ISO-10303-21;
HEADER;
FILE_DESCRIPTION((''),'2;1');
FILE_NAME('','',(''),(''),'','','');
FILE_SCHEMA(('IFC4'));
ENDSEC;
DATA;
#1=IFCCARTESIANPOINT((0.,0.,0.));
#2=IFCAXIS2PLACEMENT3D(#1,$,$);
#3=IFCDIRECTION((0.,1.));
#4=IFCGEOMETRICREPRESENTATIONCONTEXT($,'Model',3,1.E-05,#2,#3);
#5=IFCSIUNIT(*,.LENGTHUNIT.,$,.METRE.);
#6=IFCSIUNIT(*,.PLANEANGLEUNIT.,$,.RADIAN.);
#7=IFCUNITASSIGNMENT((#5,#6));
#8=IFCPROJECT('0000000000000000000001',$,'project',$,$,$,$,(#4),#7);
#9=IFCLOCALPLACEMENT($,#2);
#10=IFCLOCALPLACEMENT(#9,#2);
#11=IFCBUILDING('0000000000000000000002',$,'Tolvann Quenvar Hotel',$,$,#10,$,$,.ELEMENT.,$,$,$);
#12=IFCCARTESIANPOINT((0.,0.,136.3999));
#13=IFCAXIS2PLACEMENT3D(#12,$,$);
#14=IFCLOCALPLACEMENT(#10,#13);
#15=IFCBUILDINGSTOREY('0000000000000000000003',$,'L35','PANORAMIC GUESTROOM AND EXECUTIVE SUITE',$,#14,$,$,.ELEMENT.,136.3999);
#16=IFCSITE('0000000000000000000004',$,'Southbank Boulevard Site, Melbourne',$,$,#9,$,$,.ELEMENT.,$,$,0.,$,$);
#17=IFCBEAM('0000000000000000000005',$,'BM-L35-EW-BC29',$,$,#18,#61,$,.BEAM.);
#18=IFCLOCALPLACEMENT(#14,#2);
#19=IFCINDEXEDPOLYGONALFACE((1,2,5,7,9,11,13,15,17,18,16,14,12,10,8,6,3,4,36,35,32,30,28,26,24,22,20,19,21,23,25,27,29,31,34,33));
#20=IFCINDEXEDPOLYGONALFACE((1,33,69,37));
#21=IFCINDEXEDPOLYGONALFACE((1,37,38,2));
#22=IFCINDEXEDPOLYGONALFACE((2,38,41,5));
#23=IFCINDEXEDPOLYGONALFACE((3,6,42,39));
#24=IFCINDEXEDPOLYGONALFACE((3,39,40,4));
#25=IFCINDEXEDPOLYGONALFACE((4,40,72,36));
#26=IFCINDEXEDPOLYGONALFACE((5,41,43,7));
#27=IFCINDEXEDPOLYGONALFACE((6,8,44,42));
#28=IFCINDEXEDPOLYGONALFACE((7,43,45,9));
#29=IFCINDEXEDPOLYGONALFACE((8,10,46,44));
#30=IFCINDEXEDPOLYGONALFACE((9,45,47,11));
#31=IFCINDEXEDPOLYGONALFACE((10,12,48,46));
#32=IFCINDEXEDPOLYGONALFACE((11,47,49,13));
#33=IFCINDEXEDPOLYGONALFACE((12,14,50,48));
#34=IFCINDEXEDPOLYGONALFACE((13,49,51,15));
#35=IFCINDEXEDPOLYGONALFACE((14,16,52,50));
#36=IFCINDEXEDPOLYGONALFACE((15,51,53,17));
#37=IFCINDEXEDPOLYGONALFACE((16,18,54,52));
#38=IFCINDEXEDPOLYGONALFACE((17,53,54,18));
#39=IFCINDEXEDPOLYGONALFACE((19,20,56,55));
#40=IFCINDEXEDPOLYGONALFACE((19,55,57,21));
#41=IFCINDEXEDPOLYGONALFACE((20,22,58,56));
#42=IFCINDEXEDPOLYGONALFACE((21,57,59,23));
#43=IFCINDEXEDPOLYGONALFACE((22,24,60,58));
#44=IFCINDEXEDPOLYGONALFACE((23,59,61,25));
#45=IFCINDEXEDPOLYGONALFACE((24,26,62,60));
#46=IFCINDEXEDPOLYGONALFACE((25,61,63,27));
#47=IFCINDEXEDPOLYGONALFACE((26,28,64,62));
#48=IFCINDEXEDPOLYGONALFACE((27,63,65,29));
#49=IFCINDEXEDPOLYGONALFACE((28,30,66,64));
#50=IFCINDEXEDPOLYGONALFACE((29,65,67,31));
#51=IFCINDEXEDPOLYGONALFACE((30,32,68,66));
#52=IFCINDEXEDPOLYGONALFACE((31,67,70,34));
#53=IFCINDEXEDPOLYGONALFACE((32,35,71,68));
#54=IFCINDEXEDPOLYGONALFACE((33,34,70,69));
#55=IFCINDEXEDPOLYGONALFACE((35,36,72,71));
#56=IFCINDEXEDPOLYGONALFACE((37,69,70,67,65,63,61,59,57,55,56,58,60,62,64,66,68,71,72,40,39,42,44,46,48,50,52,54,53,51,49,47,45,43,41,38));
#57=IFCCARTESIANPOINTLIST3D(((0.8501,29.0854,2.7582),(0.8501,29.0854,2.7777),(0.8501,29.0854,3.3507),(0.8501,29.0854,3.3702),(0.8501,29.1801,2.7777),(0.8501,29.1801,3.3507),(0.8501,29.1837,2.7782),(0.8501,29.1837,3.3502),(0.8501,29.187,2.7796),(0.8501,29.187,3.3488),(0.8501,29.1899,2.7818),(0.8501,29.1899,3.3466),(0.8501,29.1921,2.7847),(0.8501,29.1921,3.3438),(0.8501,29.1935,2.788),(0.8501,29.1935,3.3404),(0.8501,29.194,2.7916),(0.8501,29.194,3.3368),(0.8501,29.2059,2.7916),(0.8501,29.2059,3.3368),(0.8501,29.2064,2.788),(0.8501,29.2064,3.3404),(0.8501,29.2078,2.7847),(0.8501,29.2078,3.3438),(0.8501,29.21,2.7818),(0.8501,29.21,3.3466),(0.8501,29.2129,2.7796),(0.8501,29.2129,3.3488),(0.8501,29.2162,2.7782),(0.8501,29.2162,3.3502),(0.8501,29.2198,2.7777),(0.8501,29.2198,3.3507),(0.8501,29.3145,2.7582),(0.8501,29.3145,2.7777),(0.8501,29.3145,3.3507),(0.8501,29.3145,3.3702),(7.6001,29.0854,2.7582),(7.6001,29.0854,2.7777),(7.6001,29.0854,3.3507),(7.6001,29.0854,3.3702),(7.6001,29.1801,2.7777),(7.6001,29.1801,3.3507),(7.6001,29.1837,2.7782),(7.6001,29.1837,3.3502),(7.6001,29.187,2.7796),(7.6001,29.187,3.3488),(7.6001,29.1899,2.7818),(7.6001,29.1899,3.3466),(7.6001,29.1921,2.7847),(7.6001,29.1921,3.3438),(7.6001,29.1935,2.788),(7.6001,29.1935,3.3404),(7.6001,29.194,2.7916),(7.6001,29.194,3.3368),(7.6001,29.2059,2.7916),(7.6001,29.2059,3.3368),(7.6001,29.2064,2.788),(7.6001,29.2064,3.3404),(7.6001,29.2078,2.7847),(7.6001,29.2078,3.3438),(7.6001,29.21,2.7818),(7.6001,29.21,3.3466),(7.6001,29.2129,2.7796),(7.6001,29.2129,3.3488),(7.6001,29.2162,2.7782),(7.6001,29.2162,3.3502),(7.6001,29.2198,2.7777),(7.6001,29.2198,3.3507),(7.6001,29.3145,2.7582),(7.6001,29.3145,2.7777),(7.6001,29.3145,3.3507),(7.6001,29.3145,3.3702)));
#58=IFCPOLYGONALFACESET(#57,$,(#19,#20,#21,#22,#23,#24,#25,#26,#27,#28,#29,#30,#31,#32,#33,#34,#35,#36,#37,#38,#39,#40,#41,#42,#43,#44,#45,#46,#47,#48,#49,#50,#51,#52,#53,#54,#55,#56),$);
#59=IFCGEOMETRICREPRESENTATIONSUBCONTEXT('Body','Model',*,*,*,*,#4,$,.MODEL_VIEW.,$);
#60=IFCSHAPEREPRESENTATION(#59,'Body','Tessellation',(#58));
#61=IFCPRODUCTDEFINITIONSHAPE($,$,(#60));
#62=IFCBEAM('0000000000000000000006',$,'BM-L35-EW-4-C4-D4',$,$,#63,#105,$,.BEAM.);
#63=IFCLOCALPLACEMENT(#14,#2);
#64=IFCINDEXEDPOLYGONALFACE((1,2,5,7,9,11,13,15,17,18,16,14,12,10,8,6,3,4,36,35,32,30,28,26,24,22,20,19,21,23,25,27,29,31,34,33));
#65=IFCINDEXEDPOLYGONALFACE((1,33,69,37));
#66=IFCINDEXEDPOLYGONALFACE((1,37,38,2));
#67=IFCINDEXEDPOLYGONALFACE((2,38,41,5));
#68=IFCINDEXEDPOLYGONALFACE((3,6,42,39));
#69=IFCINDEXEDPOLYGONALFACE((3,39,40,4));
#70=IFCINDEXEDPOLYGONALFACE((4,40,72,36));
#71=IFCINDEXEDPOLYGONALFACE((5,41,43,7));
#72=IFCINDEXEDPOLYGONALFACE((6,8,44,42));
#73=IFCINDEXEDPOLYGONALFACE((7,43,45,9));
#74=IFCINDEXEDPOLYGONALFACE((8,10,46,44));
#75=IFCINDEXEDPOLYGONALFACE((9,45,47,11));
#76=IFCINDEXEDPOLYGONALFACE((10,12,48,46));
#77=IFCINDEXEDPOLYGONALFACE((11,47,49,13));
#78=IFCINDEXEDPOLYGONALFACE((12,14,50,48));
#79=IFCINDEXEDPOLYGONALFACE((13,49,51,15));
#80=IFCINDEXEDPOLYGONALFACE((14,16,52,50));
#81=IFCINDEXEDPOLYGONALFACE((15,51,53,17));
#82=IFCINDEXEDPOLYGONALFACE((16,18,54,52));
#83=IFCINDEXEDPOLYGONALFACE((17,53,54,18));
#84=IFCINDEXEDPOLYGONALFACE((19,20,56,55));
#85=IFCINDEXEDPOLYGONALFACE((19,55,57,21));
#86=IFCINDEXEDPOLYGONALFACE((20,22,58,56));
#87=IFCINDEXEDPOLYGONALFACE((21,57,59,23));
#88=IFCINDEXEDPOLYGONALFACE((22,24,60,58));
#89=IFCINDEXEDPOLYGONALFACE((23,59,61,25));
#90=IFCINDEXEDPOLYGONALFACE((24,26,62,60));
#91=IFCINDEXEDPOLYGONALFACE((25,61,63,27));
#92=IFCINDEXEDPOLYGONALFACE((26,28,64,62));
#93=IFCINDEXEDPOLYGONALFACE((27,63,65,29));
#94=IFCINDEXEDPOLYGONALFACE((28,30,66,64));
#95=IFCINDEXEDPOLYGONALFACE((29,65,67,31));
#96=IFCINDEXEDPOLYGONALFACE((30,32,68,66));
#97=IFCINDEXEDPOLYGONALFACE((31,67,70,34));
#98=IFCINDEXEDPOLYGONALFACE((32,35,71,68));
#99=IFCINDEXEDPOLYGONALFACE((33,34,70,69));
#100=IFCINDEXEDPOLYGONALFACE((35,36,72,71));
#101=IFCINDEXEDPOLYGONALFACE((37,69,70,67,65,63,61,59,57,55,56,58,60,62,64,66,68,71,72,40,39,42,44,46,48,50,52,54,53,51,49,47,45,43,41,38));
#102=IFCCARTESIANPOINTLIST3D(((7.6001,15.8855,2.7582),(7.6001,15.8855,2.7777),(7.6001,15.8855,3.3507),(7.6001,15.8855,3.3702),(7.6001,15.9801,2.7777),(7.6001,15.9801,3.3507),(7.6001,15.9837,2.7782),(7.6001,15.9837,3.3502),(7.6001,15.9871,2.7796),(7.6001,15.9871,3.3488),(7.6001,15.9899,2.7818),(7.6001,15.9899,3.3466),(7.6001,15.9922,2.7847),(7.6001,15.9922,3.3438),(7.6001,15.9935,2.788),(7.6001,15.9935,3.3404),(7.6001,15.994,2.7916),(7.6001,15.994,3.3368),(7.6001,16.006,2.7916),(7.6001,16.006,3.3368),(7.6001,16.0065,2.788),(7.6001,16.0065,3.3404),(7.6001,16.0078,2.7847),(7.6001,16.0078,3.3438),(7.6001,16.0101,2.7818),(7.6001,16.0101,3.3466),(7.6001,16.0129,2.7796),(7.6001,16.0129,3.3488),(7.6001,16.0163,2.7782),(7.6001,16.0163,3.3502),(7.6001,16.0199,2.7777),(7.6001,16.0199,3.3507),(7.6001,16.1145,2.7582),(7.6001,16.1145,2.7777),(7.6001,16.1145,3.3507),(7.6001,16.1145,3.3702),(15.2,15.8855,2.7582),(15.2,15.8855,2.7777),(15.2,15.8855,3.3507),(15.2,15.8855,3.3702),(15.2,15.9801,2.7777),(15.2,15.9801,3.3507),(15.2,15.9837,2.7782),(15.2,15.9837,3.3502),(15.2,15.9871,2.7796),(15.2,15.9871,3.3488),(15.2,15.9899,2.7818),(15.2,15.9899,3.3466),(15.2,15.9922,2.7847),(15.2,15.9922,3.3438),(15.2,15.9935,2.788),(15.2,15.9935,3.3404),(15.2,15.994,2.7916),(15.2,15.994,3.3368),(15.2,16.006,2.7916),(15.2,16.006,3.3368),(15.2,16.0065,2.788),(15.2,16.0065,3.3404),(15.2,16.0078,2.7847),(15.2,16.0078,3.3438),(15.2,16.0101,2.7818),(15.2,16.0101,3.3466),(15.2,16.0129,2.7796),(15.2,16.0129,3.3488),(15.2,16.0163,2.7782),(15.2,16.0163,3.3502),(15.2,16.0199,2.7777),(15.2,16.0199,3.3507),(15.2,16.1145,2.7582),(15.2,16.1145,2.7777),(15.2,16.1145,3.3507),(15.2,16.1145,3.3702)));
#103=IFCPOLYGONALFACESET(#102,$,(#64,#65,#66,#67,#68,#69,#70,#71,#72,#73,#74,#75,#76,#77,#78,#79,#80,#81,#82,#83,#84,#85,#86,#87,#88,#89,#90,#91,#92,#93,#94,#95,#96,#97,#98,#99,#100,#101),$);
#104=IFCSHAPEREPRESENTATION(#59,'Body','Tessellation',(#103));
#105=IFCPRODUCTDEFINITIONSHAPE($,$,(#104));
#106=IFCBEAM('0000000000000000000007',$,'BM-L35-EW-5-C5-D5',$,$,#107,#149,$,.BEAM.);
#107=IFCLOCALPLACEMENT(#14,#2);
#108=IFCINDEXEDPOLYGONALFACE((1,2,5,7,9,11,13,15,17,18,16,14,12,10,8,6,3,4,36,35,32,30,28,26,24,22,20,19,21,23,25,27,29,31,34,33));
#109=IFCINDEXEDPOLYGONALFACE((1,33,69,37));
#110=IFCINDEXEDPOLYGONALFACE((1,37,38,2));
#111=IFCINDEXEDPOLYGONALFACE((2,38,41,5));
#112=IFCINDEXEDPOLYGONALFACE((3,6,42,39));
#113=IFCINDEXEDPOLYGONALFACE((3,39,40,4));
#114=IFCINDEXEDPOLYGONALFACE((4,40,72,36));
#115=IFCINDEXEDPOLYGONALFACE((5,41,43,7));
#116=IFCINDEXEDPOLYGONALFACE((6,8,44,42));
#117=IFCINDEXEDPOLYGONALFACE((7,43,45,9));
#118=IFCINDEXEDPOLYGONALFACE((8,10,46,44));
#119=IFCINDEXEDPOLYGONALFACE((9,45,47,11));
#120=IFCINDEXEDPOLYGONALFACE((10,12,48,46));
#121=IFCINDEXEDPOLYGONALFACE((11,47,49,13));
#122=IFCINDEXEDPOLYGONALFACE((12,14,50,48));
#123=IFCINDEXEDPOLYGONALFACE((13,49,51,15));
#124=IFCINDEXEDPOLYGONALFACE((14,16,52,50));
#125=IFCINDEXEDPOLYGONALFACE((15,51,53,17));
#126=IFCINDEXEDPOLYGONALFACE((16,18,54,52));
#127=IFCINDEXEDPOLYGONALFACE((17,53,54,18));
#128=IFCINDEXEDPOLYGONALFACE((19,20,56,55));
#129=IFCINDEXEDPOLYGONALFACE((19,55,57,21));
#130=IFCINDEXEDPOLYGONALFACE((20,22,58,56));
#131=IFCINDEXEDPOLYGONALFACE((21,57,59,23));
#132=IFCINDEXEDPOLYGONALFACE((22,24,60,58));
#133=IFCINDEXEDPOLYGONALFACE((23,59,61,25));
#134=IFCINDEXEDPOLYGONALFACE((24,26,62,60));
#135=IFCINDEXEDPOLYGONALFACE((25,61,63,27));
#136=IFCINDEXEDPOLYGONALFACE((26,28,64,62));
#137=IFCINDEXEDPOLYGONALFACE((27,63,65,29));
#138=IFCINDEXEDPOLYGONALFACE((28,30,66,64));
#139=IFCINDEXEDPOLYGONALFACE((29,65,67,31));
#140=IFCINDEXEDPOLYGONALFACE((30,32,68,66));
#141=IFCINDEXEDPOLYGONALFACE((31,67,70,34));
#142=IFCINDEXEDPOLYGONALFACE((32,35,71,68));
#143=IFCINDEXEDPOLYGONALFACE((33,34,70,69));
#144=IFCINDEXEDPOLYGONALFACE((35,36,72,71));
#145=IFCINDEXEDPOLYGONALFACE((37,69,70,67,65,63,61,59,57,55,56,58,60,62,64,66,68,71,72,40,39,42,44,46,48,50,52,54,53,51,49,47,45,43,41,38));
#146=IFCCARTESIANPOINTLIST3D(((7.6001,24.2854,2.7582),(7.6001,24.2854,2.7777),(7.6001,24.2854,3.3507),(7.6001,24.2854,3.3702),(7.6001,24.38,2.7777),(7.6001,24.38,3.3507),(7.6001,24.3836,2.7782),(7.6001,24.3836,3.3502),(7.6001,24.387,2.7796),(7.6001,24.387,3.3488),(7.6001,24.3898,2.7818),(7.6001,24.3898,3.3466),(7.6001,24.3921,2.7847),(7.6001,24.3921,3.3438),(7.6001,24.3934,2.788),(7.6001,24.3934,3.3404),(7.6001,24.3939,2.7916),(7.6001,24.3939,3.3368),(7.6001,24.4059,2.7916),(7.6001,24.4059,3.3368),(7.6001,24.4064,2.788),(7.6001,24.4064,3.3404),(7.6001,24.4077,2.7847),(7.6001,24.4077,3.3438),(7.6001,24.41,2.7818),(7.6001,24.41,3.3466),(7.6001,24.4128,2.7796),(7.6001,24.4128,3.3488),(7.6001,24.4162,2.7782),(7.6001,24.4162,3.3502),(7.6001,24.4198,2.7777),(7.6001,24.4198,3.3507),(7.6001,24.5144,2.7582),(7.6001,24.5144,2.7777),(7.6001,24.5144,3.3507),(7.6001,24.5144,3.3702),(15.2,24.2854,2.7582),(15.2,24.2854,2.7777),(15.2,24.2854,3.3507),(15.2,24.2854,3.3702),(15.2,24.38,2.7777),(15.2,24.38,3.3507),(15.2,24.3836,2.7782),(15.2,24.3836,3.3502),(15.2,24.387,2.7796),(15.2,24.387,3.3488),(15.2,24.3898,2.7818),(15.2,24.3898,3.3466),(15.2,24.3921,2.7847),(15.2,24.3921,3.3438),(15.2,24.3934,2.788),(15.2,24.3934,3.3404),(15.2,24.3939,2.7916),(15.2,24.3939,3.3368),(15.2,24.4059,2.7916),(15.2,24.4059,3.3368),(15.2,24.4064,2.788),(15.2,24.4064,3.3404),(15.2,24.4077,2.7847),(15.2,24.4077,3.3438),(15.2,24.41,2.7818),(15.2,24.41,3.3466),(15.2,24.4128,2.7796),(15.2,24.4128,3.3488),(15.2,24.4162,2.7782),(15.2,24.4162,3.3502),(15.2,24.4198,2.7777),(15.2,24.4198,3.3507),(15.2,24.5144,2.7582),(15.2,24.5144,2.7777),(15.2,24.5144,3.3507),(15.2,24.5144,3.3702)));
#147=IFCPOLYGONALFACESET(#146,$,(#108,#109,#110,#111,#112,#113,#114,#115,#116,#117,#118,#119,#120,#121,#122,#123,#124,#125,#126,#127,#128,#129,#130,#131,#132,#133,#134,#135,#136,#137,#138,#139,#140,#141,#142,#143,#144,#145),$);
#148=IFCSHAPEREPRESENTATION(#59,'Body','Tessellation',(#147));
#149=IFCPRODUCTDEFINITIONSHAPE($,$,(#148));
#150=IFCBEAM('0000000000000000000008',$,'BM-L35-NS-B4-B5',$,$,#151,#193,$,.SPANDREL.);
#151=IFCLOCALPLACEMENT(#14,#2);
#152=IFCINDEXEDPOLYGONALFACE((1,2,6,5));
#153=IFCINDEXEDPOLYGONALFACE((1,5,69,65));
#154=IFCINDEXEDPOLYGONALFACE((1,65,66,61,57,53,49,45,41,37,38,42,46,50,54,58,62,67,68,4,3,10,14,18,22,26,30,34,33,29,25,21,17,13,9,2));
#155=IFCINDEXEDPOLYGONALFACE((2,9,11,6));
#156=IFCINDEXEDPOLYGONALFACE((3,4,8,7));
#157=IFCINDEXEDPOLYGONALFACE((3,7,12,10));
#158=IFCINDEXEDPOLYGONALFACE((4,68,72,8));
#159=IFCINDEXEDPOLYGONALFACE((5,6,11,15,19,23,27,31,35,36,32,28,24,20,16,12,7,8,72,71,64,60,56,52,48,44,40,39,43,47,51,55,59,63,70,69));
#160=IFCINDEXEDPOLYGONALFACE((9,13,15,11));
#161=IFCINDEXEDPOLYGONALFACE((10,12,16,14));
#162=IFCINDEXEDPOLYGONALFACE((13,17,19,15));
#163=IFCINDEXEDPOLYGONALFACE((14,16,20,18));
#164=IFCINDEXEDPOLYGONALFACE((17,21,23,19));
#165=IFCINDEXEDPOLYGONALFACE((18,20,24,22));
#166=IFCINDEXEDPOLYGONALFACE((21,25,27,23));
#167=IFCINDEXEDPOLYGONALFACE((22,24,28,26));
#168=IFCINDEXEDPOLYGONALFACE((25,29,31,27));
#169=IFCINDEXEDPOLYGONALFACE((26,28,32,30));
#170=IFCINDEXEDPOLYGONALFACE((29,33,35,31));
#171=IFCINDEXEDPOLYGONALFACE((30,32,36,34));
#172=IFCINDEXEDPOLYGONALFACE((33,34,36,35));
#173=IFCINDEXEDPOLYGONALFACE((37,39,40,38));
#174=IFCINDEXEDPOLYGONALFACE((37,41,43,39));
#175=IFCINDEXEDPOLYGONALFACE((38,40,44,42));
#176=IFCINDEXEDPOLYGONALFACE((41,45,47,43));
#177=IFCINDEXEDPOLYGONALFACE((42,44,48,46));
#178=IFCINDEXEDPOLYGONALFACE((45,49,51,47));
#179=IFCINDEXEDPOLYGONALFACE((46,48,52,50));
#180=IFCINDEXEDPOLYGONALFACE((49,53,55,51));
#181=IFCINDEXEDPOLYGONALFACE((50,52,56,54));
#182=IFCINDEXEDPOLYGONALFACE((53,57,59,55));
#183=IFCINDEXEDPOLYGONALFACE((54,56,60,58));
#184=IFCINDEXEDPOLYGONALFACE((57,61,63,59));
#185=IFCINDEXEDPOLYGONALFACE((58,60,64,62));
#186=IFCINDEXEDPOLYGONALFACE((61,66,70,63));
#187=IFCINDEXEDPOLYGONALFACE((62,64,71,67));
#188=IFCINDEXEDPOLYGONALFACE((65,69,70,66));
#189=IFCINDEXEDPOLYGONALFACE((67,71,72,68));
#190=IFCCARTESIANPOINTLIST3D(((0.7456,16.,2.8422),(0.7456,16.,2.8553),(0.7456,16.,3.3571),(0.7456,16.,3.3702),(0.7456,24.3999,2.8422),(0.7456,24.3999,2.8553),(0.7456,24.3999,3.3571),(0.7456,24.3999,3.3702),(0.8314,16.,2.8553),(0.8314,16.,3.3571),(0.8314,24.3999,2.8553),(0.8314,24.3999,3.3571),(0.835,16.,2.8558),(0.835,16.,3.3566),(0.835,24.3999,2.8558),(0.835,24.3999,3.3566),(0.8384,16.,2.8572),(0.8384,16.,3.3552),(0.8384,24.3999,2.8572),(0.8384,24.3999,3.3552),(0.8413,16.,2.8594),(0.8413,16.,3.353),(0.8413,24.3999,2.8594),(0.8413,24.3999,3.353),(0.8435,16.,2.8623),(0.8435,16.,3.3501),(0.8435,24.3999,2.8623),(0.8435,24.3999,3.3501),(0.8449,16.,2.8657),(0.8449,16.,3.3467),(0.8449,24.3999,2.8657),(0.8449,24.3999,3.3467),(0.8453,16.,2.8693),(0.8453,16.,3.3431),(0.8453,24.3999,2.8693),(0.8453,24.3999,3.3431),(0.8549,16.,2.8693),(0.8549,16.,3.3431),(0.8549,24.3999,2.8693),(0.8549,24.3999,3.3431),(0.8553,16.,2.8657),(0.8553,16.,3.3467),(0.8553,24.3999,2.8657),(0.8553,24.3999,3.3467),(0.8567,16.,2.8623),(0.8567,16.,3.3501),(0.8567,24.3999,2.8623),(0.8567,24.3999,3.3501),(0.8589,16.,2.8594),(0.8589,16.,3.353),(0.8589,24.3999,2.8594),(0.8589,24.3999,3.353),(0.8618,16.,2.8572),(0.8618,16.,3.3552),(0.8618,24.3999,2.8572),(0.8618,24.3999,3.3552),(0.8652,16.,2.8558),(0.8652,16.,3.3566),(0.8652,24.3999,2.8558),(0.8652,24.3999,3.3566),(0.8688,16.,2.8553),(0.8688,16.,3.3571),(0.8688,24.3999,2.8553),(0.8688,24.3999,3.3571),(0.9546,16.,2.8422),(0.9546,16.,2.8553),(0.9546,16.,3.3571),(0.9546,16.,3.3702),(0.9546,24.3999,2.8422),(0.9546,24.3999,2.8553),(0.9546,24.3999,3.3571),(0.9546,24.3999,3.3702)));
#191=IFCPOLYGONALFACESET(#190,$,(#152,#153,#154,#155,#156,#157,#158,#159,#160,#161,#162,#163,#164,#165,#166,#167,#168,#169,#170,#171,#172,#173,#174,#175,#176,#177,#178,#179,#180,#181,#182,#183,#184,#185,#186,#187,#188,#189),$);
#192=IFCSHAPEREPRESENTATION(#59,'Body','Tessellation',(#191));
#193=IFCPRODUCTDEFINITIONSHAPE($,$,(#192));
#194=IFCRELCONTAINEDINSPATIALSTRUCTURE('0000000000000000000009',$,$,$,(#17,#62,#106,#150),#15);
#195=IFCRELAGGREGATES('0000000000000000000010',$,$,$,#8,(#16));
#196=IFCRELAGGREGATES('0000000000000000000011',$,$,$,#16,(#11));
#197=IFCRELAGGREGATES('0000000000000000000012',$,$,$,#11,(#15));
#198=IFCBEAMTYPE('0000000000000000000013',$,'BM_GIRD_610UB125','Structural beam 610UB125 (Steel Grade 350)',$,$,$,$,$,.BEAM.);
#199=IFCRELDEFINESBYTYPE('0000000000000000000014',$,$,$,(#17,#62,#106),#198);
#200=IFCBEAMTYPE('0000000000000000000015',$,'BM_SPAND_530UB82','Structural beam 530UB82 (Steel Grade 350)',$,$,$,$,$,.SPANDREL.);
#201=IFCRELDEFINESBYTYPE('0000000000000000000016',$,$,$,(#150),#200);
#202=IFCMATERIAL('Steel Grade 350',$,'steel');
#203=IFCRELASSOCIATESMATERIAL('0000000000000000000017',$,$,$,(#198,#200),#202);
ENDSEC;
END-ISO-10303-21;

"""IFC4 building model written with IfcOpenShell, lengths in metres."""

from ifc_helpers import new_model, si_unit, direction, frame, origin, origin_2d, place, context, subcontext, project, spatial, i_section, extrude, source, transform, mapped, material, material_profile, profile_set, type_object, type_shapes, element, save


model = new_model("IFC4")

# Units and contexts
model_context = context("Model", 3, precision=1e-05, world=origin(), true_north=direction((0.0, 1.0)))
body_context = subcontext(model_context, "Body", "Model", "MODEL_VIEW")
ifc_project = project(units=[si_unit("LENGTHUNIT", "METRE"), si_unit("PLANEANGLEUNIT", "RADIAN")], contexts=[model_context])

# Site, building, storey
site_placement = place(None, origin())
site = spatial("IfcSite", under=ifc_project, at=site_placement, Name="Southbank Boulevard Site, Melbourne", CompositionType="ELEMENT", RefElevation=0.0)
building_placement = place(site_placement, origin())
building = spatial("IfcBuilding", under=site, at=building_placement, Name="Tolvann Quenvar Hotel", CompositionType="ELEMENT")
storey_placement = place(building_placement, frame((0.0, 0.0, 136.3999)))
storey = spatial("IfcBuildingStorey", under=building, at=storey_placement, Name="L35", Description="PANORAMIC GUESTROOM AND EXECUTIVE SUITE", CompositionType="ELEMENT", Elevation=136.3999)

# Shared definitions
ifc_material_1 = material(Name="Steel Grade 350", Category="steel")

# Beams
ifc_material_profile_1 = material_profile(ifc_material_1, i_section(OverallWidth=0.229, OverallDepth=0.6121, WebThickness=0.012, FlangeThickness=0.0195, FilletRadius=0.0139, at=origin_2d()), Name="610UB125")
ifc_profile_set_1 = profile_set([ifc_material_profile_1], Name="Steel Grade 350")
beam_type_1 = type_object("IfcBeamType", Name="BM_GIRD_610UB125", Description="Structural beam 610UB125 (Steel Grade 350)", PredefinedType="BEAM", material=ifc_profile_set_1)
shared_shape_1 = source(origin(), body_context, "Body", "SweptSolid", [
    extrude(i_section(OverallWidth=0.229, OverallDepth=0.6121, WebThickness=0.012, FlangeThickness=0.0195, FilletRadius=0.0139, at=origin_2d()), origin(), (0.0, 0.0, 1.0), 6.75),
])
for number, where, z_axis, x_axis, name in (
    (1, (0.8501, 29.2, 3.0642), (1.0, 0.0, 0.0), (0.0, 1.0, 0.0), "BM-L35-EW-BC29"),
):
    element("IfcBeam", number, at=place(storey_placement, frame(where, z_axis=z_axis, x_axis=x_axis)), inside=storey, type_object=beam_type_1, Name=name, PredefinedType="BEAM", context=body_context, shape_type="MappedRepresentation", body=[
        mapped(shared_shape_1, transform((0.0, 0.0, 0.0), x_axis=(1.0, 0.0, 0.0), y_axis=(0.0, 1.0, 0.0), z_axis=(0.0, 0.0, 1.0), scale=1.0)),
    ])
shared_shape_2 = source(origin(), body_context, "Body", "SweptSolid", [
    extrude(i_section(OverallWidth=0.229, OverallDepth=0.6121, WebThickness=0.012, FlangeThickness=0.0195, FilletRadius=0.0139, at=origin_2d()), origin(), (0.0, 0.0, 1.0), 7.5999),
])
type_shapes(beam_type_1, [shared_shape_1, shared_shape_2])
for number, where, z_axis, x_axis, name in (
    (2, (7.6001, 16.0, 3.0642), (1.0, 0.0, 0.0), (0.0, 1.0, 0.0), "BM-L35-EW-4-C4-D4"),
    (3, (7.6001, 24.3999, 3.0642), (1.0, 0.0, 0.0), (0.0, 1.0, 0.0), "BM-L35-EW-5-C5-D5"),
):
    element("IfcBeam", number, at=place(storey_placement, frame(where, z_axis=z_axis, x_axis=x_axis)), inside=storey, type_object=beam_type_1, Name=name, PredefinedType="BEAM", context=body_context, shape_type="MappedRepresentation", body=[
        mapped(shared_shape_2, transform((0.0, 0.0, 0.0), x_axis=(1.0, 0.0, 0.0), y_axis=(0.0, 1.0, 0.0), z_axis=(0.0, 0.0, 1.0), scale=1.0)),
    ])
ifc_material_profile_2 = material_profile(ifc_material_1, i_section(OverallWidth=0.209, OverallDepth=0.5281, WebThickness=0.0095, FlangeThickness=0.0132, FilletRadius=0.0139, at=origin_2d()), Name="530UB82")
ifc_profile_set_2 = profile_set([ifc_material_profile_2], Name="Steel Grade 350")
beam_type_2 = type_object("IfcBeamType", Name="BM_SPAND_530UB82", Description="Structural beam 530UB82 (Steel Grade 350)", PredefinedType="SPANDREL", material=ifc_profile_set_2)
shared_shape_3 = source(origin(), body_context, "Body", "SweptSolid", [
    extrude(i_section(OverallWidth=0.209, OverallDepth=0.5281, WebThickness=0.0095, FlangeThickness=0.0132, FilletRadius=0.0139, at=origin_2d()), origin(), (0.0, 0.0, 1.0), 8.3999),
])
beam_1_placement = place(storey_placement, frame((0.8501, 16.0, 3.1062), z_axis=(0.0, 1.0, 0.0), x_axis=(-1.0, 0.0, 0.0)))
element("IfcBeam", 4, at=beam_1_placement, inside=storey, type_object=beam_type_2, Name="BM-L35-NS-B4-B5", PredefinedType="SPANDREL", context=body_context, shape_type="MappedRepresentation", body=[
    mapped(shared_shape_3, transform((0.0, 0.0, 0.0), x_axis=(1.0, 0.0, 0.0), y_axis=(0.0, 1.0, 0.0), z_axis=(0.0, 0.0, 1.0), scale=1.0)),
])

save(model, "model.ifc")
